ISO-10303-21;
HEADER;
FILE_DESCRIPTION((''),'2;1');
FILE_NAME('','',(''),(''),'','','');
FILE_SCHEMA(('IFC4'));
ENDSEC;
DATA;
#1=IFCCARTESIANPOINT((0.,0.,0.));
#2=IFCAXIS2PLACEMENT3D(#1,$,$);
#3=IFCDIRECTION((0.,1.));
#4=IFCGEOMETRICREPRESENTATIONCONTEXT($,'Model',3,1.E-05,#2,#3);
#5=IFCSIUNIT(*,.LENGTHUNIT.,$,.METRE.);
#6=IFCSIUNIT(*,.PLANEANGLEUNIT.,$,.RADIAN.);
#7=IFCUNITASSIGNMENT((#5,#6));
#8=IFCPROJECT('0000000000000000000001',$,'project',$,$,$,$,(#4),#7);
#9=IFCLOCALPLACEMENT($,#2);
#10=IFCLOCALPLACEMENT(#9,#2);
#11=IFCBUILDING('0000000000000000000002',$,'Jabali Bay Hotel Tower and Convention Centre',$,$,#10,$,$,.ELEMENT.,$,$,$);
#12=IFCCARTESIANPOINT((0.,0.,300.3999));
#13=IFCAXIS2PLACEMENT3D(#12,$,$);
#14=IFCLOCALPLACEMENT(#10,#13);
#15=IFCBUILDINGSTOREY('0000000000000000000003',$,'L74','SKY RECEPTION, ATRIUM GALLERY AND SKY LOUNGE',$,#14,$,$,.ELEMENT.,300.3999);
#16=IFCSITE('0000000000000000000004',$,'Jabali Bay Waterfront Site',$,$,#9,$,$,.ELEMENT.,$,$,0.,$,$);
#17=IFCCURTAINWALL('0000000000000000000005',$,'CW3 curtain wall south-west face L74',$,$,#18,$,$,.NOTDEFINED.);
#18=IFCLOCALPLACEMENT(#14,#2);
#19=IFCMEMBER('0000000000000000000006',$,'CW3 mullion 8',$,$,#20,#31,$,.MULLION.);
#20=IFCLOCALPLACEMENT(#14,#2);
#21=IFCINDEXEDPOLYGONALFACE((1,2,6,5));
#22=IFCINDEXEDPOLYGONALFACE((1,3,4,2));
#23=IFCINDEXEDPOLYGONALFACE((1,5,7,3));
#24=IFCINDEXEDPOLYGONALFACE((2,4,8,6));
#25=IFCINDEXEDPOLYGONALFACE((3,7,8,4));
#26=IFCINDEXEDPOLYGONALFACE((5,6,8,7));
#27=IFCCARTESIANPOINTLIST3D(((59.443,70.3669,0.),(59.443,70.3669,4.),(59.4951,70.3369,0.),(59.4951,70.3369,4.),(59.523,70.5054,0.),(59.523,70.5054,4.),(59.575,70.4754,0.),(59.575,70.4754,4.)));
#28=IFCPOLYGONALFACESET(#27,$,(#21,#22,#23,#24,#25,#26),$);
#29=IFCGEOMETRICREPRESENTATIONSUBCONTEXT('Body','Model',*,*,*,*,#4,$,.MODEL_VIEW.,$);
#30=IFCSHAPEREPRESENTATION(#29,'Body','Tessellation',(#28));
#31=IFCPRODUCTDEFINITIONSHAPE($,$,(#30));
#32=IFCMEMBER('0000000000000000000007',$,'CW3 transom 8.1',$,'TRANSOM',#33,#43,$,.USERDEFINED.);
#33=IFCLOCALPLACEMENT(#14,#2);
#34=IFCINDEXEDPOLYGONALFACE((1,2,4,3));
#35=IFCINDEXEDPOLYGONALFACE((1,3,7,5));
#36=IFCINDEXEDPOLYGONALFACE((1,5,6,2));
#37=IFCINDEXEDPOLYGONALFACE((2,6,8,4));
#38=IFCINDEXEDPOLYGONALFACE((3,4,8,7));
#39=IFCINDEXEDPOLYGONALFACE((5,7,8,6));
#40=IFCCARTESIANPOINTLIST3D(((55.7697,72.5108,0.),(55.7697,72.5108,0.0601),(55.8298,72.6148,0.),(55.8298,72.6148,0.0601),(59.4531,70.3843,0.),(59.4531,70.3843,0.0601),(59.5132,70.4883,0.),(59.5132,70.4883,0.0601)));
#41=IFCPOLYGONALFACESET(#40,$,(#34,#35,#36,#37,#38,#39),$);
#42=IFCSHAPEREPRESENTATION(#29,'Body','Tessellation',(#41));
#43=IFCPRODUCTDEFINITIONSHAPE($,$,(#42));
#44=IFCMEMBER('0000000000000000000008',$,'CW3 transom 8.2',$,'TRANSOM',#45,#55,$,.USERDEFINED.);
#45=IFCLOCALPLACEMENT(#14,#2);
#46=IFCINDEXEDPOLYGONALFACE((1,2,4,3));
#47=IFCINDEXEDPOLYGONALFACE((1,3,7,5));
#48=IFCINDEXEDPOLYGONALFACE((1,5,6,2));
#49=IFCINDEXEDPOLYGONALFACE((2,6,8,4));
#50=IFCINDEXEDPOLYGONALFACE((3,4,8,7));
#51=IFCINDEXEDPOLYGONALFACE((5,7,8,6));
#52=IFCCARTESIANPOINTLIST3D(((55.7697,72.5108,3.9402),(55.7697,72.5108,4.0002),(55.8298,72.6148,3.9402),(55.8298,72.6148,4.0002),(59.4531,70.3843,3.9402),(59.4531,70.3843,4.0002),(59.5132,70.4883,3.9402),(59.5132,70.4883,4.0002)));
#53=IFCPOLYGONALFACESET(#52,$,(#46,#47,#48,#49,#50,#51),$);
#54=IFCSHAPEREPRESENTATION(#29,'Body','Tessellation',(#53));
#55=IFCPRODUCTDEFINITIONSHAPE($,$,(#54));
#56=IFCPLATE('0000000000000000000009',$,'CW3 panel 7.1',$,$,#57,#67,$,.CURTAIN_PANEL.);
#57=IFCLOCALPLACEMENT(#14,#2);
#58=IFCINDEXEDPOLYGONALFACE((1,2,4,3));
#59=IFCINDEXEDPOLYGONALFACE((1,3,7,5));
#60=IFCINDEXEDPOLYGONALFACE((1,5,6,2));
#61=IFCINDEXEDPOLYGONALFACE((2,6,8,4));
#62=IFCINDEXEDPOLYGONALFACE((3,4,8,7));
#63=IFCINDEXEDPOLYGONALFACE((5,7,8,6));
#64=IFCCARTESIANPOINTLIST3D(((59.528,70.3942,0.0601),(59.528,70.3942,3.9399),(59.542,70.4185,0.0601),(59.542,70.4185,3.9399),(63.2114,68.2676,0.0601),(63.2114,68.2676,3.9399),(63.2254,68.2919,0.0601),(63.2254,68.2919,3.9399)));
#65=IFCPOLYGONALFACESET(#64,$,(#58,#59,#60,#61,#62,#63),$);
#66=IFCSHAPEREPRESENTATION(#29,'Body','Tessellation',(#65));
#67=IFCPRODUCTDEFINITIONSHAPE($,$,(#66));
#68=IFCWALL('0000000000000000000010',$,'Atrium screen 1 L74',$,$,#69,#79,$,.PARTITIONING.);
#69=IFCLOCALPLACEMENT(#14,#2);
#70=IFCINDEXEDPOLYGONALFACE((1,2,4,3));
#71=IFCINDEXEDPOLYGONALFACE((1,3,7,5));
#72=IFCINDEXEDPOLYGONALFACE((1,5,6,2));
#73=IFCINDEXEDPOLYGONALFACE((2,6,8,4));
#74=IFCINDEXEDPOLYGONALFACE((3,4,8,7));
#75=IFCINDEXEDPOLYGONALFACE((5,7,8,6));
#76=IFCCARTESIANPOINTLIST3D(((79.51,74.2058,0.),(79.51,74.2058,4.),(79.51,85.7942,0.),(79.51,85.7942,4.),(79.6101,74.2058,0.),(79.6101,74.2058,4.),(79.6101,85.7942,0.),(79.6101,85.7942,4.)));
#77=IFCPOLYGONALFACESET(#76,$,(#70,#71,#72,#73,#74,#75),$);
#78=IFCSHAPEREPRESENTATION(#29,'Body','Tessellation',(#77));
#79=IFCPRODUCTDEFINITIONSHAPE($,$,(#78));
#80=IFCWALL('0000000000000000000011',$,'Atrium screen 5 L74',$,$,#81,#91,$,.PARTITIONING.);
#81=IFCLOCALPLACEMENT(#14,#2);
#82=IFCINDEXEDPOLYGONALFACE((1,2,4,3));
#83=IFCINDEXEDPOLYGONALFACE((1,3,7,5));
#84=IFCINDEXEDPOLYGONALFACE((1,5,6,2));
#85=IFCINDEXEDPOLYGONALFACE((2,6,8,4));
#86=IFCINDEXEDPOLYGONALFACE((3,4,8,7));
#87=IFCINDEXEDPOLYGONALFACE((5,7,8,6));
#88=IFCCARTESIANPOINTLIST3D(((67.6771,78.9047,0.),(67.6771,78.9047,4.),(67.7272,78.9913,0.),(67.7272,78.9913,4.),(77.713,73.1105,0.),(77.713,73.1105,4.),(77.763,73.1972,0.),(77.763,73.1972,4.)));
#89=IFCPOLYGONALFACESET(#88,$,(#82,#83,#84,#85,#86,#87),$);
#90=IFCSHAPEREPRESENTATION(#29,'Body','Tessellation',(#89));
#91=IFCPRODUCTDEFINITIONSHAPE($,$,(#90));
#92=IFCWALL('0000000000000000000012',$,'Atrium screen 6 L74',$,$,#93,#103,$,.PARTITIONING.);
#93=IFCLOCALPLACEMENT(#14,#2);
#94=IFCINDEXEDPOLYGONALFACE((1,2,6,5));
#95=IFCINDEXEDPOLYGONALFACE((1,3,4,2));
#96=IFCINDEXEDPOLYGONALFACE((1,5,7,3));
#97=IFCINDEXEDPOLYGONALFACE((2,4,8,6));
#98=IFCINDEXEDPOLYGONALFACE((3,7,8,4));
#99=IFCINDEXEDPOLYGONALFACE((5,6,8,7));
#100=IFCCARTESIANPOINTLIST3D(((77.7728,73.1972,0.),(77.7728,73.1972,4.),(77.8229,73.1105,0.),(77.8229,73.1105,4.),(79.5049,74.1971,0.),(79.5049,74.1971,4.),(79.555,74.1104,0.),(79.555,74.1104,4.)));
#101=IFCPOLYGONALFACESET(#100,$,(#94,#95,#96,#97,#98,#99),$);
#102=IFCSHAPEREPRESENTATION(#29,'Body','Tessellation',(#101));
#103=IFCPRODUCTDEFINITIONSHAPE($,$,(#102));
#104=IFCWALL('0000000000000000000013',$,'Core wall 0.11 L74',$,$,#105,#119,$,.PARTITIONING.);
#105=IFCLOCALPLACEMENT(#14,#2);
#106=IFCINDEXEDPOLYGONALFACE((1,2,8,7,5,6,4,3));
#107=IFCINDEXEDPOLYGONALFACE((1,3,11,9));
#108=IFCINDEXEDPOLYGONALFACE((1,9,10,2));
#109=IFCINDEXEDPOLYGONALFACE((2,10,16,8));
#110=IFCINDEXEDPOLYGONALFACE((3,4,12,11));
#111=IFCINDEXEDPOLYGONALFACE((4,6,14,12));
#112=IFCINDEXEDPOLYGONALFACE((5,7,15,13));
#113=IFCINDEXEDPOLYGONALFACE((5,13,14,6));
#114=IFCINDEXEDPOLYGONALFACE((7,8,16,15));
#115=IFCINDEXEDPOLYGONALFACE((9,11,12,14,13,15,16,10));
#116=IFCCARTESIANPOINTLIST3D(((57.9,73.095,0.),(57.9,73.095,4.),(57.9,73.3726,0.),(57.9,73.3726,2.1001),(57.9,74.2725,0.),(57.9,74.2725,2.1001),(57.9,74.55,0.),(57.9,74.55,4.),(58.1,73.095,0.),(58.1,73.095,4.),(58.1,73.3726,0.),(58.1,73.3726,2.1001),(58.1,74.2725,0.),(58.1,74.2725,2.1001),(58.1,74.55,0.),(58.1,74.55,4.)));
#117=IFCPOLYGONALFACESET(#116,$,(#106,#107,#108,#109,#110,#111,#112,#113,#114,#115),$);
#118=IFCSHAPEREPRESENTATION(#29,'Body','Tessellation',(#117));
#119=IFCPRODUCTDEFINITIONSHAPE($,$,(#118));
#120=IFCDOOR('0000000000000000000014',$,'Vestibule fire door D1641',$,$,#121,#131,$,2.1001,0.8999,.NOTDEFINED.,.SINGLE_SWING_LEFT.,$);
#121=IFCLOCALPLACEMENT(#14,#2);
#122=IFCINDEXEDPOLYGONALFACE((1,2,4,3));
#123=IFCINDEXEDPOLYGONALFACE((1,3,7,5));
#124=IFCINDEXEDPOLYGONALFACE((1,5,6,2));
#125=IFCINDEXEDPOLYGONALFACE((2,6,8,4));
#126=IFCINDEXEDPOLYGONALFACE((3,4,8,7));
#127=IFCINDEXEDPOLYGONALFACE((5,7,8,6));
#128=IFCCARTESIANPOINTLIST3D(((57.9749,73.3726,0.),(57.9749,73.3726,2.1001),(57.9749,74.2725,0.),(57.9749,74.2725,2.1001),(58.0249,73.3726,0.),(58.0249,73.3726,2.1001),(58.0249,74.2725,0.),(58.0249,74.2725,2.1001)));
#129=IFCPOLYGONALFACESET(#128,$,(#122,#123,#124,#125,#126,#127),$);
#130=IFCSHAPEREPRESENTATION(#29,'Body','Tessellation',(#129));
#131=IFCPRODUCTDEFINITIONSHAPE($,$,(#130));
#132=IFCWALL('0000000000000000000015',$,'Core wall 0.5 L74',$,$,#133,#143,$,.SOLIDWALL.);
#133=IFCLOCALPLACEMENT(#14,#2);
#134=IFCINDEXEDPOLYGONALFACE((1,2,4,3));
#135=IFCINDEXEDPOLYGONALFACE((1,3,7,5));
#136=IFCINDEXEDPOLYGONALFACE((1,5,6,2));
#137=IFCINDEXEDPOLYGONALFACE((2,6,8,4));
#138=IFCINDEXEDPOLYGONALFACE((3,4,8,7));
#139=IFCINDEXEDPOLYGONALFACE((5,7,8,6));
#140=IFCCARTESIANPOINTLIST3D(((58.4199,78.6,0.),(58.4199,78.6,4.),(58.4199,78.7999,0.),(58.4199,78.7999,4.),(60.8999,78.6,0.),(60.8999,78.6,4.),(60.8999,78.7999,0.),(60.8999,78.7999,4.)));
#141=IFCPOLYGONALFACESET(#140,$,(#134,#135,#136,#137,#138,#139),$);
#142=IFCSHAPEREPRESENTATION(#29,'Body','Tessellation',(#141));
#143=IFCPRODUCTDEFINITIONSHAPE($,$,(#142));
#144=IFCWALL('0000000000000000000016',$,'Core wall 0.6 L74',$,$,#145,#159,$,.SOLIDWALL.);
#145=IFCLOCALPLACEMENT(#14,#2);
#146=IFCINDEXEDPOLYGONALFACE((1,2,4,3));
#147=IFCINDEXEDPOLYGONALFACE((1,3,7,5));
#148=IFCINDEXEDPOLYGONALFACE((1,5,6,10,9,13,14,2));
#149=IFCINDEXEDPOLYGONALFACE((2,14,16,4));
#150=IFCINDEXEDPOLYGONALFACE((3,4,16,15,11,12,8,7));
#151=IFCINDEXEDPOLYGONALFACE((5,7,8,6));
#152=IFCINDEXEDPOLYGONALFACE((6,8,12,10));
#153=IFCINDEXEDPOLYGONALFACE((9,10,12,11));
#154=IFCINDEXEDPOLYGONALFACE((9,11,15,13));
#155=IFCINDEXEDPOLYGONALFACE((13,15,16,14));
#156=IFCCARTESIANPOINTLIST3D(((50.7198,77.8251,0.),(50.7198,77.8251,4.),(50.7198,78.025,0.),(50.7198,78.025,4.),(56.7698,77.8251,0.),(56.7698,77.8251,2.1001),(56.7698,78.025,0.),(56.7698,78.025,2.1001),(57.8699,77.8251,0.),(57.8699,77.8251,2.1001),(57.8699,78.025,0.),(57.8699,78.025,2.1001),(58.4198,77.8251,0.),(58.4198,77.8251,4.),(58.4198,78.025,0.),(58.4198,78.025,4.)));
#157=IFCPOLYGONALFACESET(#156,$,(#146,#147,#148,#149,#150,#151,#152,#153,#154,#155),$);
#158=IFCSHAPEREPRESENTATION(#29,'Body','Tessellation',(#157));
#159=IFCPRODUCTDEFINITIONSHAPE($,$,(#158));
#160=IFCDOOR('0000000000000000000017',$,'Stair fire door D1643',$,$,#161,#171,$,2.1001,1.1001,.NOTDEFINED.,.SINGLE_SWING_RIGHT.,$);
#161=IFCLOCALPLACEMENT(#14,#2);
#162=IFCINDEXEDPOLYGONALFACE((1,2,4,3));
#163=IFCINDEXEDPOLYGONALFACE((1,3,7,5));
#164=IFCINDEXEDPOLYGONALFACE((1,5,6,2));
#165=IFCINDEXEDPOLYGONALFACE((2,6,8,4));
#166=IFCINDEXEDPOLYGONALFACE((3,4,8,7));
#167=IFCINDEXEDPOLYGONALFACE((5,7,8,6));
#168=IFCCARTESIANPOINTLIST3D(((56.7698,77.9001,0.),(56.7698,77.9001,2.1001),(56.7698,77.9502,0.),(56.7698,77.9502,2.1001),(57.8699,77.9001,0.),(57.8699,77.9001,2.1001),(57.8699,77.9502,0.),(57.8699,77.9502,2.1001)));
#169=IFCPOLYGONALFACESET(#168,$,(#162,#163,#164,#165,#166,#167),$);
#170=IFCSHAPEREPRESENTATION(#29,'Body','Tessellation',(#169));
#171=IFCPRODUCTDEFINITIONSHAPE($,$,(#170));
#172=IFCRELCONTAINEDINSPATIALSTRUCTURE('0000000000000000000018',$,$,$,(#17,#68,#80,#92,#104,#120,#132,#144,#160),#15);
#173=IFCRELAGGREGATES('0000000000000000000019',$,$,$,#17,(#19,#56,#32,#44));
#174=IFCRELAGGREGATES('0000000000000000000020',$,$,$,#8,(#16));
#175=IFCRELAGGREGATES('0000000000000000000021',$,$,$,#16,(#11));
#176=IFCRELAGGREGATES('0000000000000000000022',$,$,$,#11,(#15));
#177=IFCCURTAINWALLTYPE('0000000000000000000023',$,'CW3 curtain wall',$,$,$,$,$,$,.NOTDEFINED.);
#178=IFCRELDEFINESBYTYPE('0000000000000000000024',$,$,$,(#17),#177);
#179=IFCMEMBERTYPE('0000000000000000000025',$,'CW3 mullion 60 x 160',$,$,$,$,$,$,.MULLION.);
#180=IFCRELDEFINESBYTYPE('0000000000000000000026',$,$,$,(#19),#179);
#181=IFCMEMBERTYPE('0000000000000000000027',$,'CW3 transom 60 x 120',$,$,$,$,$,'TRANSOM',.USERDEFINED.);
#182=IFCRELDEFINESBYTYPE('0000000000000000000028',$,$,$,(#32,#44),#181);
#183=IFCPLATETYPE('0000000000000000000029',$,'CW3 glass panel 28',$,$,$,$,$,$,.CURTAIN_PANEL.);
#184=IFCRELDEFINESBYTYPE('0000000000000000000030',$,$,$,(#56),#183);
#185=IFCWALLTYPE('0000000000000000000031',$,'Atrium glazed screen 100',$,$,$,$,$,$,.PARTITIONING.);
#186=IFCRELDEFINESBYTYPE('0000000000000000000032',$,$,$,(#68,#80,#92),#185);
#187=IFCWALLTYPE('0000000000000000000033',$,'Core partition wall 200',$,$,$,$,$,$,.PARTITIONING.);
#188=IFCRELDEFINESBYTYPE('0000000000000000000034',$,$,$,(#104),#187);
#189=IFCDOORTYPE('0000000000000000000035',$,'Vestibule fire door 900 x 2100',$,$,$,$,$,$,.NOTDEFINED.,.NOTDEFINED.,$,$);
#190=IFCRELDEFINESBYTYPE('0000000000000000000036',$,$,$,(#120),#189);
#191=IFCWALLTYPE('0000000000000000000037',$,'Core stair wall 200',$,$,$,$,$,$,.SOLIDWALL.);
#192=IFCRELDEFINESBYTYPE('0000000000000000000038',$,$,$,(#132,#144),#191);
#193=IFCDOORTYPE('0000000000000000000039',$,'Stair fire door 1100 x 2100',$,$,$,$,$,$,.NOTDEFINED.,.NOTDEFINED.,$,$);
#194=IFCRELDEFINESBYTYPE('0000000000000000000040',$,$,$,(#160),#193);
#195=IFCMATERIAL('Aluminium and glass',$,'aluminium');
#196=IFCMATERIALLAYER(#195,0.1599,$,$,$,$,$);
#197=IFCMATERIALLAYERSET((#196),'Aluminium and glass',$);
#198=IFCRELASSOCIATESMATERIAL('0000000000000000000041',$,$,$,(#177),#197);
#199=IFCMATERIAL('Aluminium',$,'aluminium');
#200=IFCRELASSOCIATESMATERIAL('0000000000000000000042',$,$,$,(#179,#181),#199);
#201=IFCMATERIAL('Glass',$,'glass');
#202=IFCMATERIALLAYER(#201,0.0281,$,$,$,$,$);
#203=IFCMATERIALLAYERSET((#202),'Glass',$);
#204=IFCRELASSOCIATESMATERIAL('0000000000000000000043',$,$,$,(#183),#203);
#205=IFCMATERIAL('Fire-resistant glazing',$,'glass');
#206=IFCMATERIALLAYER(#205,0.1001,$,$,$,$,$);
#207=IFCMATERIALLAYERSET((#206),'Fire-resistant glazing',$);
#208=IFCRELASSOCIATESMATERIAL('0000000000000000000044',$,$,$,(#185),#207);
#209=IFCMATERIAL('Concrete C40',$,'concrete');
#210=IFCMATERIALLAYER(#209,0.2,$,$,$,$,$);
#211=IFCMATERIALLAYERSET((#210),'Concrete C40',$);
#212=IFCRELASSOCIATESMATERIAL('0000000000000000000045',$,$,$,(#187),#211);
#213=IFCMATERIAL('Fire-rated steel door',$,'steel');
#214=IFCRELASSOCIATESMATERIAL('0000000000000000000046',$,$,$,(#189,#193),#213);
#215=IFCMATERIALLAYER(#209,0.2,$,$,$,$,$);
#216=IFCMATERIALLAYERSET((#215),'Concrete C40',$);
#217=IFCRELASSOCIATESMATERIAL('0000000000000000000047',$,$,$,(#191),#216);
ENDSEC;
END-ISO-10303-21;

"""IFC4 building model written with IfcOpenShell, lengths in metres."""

from ifc_helpers import new_model, si_unit, direction, frame, frame_2d, origin, origin_2d, place, context, subcontext, project, spatial, rectangle, extrude, material, layer, layer_set, material_profile, profile_set, type_object, element, fill, aggregate, save


model = new_model("IFC4")

# Units and contexts
model_context = context("Model", 3, precision=1e-05, world=origin(), true_north=direction((0.0, 1.0)))
body_context = subcontext(model_context, "Body", "Model", "MODEL_VIEW")
ifc_project = project(units=[si_unit("LENGTHUNIT", "METRE"), si_unit("PLANEANGLEUNIT", "RADIAN")], contexts=[model_context])

# Site, building, storey
site_placement = place(None, origin())
site = spatial("IfcSite", under=ifc_project, at=site_placement, Name="Jabali Bay Waterfront Site", CompositionType="ELEMENT", RefElevation=0.0)
building_placement = place(site_placement, origin())
building = spatial("IfcBuilding", under=site, at=building_placement, Name="Jabali Bay Hotel Tower and Convention Centre", CompositionType="ELEMENT")
storey_placement = place(building_placement, frame((0.0, 0.0, 300.3999)))
storey = spatial("IfcBuildingStorey", under=building, at=storey_placement, Name="L74", Description="SKY RECEPTION, ATRIUM GALLERY AND SKY LOUNGE", CompositionType="ELEMENT", Elevation=300.3999)

# Curtain wall, members, plate
ifc_material_1 = material(Name="Aluminium and glass", Category="aluminium")
ifc_layer_1 = layer(ifc_material_1, 0.1599)
ifc_layer_set_1 = layer_set([ifc_layer_1], Name="Aluminium and glass")
curtain_wall_type = type_object("IfcCurtainWallType", Name="CW3 curtain wall", PredefinedType="NOTDEFINED", material=ifc_layer_set_1)
curtain_wall_placement = place(storey_placement, origin())
curtain_wall = element("IfcCurtainWall", 1, at=curtain_wall_placement, inside=storey, type_object=curtain_wall_type, Name="CW3 curtain wall south-west face L74", PredefinedType="NOTDEFINED")
ifc_material_2 = material(Name="Aluminium", Category="aluminium")
ifc_material_profile_1 = material_profile(ifc_material_2, rectangle(XDim=0.1599, YDim=0.0601, at=origin_2d()), Name="CW3 mullion 60 x 160")
ifc_profile_set_1 = profile_set([ifc_material_profile_1], Name="Aluminium")
member_type_1 = type_object("IfcMemberType", Name="CW3 mullion 60 x 160", PredefinedType="MULLION", material=ifc_profile_set_1)
member_1_placement = place(storey_placement, frame((59.509, 70.4211, 0.0), z_axis=(0.0, 0.0, 1.0), x_axis=(-0.5, -0.866025, 0.0)))
member_1 = element("IfcMember", 2, at=member_1_placement, type_object=member_type_1, Name="CW3 mullion 8", PredefinedType="MULLION", context=body_context, shape_type="SweptSolid", body=[
    extrude(rectangle(XDim=0.1599, YDim=0.0601, at=origin_2d()), origin(), (0.0, 0.0, 1.0), 4.0),
])
ifc_material_profile_2 = material_profile(ifc_material_2, rectangle(XDim=0.1201, YDim=0.0601, at=origin_2d()), Name="CW3 transom 60 x 120")
ifc_profile_set_2 = profile_set([ifc_material_profile_2], Name="Aluminium")
member_type_2 = type_object("IfcMemberType", Name="CW3 transom 60 x 120", ElementType="TRANSOM", PredefinedType="USERDEFINED", material=ifc_profile_set_2)
member_2_placement = place(storey_placement, frame((59.4832, 70.4363, 0.03), z_axis=(-0.866037, 0.499979, 0.0), x_axis=(-0.499979, -0.866037, 0.0)))
member_2 = element("IfcMember", 3, at=member_2_placement, type_object=member_type_2, Name="CW3 transom 8.1", ObjectType="TRANSOM", PredefinedType="USERDEFINED", context=body_context, shape_type="SweptSolid", body=[
    extrude(rectangle(XDim=0.1201, YDim=0.0601, at=origin_2d()), origin(), (0.0, 0.0, 1.0), 4.2532),
])
member_3_placement = place(storey_placement, frame((59.4832, 70.4363, 3.9702), z_axis=(-0.866037, 0.499979, 0.0), x_axis=(-0.499979, -0.866037, 0.0)))
member_3 = element("IfcMember", 4, at=member_3_placement, type_object=member_type_2, Name="CW3 transom 8.2", ObjectType="TRANSOM", PredefinedType="USERDEFINED", context=body_context, shape_type="SweptSolid", body=[
    extrude(rectangle(XDim=0.1201, YDim=0.0601, at=origin_2d()), origin(), (0.0, 0.0, 1.0), 4.2532),
])
ifc_material_3 = material(Name="Glass", Category="glass")
ifc_layer_2 = layer(ifc_material_3, 0.0281)
ifc_layer_set_2 = layer_set([ifc_layer_2], Name="Glass")
plate_type = type_object("IfcPlateType", Name="CW3 glass panel 28", PredefinedType="CURTAIN_PANEL", material=ifc_layer_set_2)
plate_placement = place(storey_placement, frame((61.3767, 69.343, 0.0601), z_axis=(0.0, 0.0, 1.0), x_axis=(-0.866025, 0.5, 0.0)))
plate = element("IfcPlate", 5, at=plate_placement, type_object=plate_type, Name="CW3 panel 7.1", PredefinedType="CURTAIN_PANEL", context=body_context, shape_type="SweptSolid", body=[
    extrude(rectangle(XDim=4.2532, YDim=0.0281, at=origin_2d()), origin(), (0.0, 0.0, 1.0), 3.8799),
])
aggregate(curtain_wall, [member_1, plate, member_2, member_3])

# Walls
ifc_material_4 = material(Name="Fire-resistant glazing", Category="glass")
ifc_layer_3 = layer(ifc_material_4, 0.1001)
ifc_layer_set_3 = layer_set([ifc_layer_3], Name="Fire-resistant glazing")
wall_type_1 = type_object("IfcWallType", Name="Atrium glazed screen 100", PredefinedType="PARTITIONING", material=ifc_layer_set_3)
for number, where, z_axis, x_axis, name in (
    (6, (79.5601, 74.2058, 0.0), (0.0, 0.0, 1.0), (0.0, 1.0, 0.0), "Atrium screen 1 L74"),
    (7, (67.7021, 78.948, 0.0), (0.0, 0.0, 1.0), (0.866027, -0.499998, 0.0), "Atrium screen 5 L74"),
):
    element("IfcWall", number, at=place(storey_placement, frame(where, z_axis=z_axis, x_axis=x_axis)), inside=storey, type_object=wall_type_1, Name=name, PredefinedType="PARTITIONING", context=body_context, shape_type="SweptSolid", body=[
        extrude(rectangle(XDim=11.5884, YDim=0.1001, at=frame_2d((5.7942, 0.0))), origin(), (0.0, 0.0, 1.0), 4.0),
    ])
wall_1_placement = place(storey_placement, frame((77.7979, 73.1538, 0.0), z_axis=(0.0, 0.0, 1.0), x_axis=(0.866041, 0.499973, 0.0)))
element("IfcWall", 8, at=wall_1_placement, inside=storey, type_object=wall_type_1, Name="Atrium screen 6 L74", PredefinedType="PARTITIONING", context=body_context, shape_type="SweptSolid", body=[
    extrude(rectangle(XDim=2.0, YDim=0.1001, at=frame_2d((1.0, 0.0))), origin(), (0.0, 0.0, 1.0), 4.0),
])

# Wall, opening, door
ifc_material_5 = material(Name="Concrete C40", Category="concrete")
ifc_layer_4 = layer(ifc_material_5, 0.2)
ifc_layer_set_4 = layer_set([ifc_layer_4], Name="Concrete C40")
wall_type_2 = type_object("IfcWallType", Name="Core partition wall 200", PredefinedType="PARTITIONING", material=ifc_layer_set_4)
wall_2_placement = place(storey_placement, frame((58.0, 74.55, 0.0), z_axis=(0.0, 0.0, 1.0), x_axis=(0.0, -1.0, 0.0)))
wall_2 = element("IfcWall", 9, at=wall_2_placement, inside=storey, type_object=wall_type_2, Name="Core wall 0.11 L74", PredefinedType="PARTITIONING", context=body_context, shape_type="SweptSolid", body=[
    extrude(rectangle(XDim=1.4551, YDim=0.2, at=frame_2d((0.7275, 0.0))), origin(), (0.0, 0.0, 1.0), 4.0),
])
opening_1_placement = place(wall_2_placement, frame((0.2776, 0.0, 0.0)))
opening_1 = element("IfcOpeningElement", 10, at=opening_1_placement, cuts=wall_2, PredefinedType="OPENING", context=body_context, shape_type="SweptSolid", body=[
    extrude(rectangle(XDim=0.8999, YDim=2.1001, at=frame_2d((0.45, 1.05))), frame((0.0, 0.1104, 0.0), z_axis=(0.0, -1.0, 0.0), x_axis=(1.0, 0.0, 0.0)), (0.0, 0.0, 1.0), 0.2209),
])
ifc_material_6 = material(Name="Fire-rated steel door", Category="steel")
door_type_1 = type_object("IfcDoorType", Name="Vestibule fire door 900 x 2100", OperationType="NOTDEFINED", PredefinedType="NOTDEFINED", material=ifc_material_6)
door_1_placement = place(opening_1_placement, origin())
door_1 = element("IfcDoor", 11, at=door_1_placement, inside=storey, type_object=door_type_1, Name="Vestibule fire door D1641", OperationType="SINGLE_SWING_LEFT", OverallHeight=2.1001, OverallWidth=0.8999, PredefinedType="NOTDEFINED", context=body_context, shape_type="SweptSolid", body=[
    extrude(rectangle(XDim=0.8999, YDim=2.1001, at=frame_2d((0.45, 1.05))), frame((0.0, 0.0249, 0.0), z_axis=(0.0, -1.0, 0.0), x_axis=(1.0, 0.0, 0.0)), (0.0, 0.0, 1.0), 0.05),
])
fill(opening_1, door_1)

# Wall
ifc_layer_5 = layer(ifc_material_5, 0.2)
ifc_layer_set_5 = layer_set([ifc_layer_5], Name="Concrete C40")
wall_type_3 = type_object("IfcWallType", Name="Core stair wall 200", PredefinedType="SOLIDWALL", material=ifc_layer_set_5)
wall_3_placement = place(storey_placement, frame((60.8999, 78.7, 0.0), z_axis=(0.0, 0.0, 1.0), x_axis=(-1.0, 0.0, 0.0)))
element("IfcWall", 12, at=wall_3_placement, inside=storey, type_object=wall_type_3, Name="Core wall 0.5 L74", PredefinedType="SOLIDWALL", context=body_context, shape_type="SweptSolid", body=[
    extrude(rectangle(XDim=2.48, YDim=0.2, at=frame_2d((1.24, 0.0))), origin(), (0.0, 0.0, 1.0), 4.0),
])

# Wall, opening, door
wall_4_placement = place(storey_placement, frame((58.4199, 77.925, 0.0), z_axis=(0.0, 0.0, 1.0), x_axis=(-1.0, 0.0, 0.0)))
wall_4 = element("IfcWall", 13, at=wall_4_placement, inside=storey, type_object=wall_type_3, Name="Core wall 0.6 L74", PredefinedType="SOLIDWALL", context=body_context, shape_type="SweptSolid", body=[
    extrude(rectangle(XDim=7.7, YDim=0.2, at=frame_2d((3.8501, 0.0))), origin(), (0.0, 0.0, 1.0), 4.0),
])
opening_2_placement = place(wall_4_placement, frame((0.55, 0.0, 0.0)))
opening_2 = element("IfcOpeningElement", 14, at=opening_2_placement, cuts=wall_4, PredefinedType="OPENING", context=body_context, shape_type="SweptSolid", body=[
    extrude(rectangle(XDim=1.1001, YDim=2.1001, at=frame_2d((0.55, 1.05))), frame((0.0, 0.1104, 0.0), z_axis=(0.0, -1.0, 0.0), x_axis=(1.0, 0.0, 0.0)), (0.0, 0.0, 1.0), 0.2209),
])
door_type_2 = type_object("IfcDoorType", Name="Stair fire door 1100 x 2100", OperationType="NOTDEFINED", PredefinedType="NOTDEFINED", material=ifc_material_6)
door_2_placement = place(opening_2_placement, origin())
door_2 = element("IfcDoor", 15, at=door_2_placement, inside=storey, type_object=door_type_2, Name="Stair fire door D1643", OperationType="SINGLE_SWING_RIGHT", OverallHeight=2.1001, OverallWidth=1.1001, PredefinedType="NOTDEFINED", context=body_context, shape_type="SweptSolid", body=[
    extrude(rectangle(XDim=1.1001, YDim=2.1001, at=frame_2d((0.55, 1.05))), frame((0.0, 0.0249, 0.0), z_axis=(0.0, -1.0, 0.0), x_axis=(1.0, 0.0, 0.0)), (0.0, 0.0, 1.0), 0.05),
])
fill(opening_2, door_2)

save(model, "model.ifc")
